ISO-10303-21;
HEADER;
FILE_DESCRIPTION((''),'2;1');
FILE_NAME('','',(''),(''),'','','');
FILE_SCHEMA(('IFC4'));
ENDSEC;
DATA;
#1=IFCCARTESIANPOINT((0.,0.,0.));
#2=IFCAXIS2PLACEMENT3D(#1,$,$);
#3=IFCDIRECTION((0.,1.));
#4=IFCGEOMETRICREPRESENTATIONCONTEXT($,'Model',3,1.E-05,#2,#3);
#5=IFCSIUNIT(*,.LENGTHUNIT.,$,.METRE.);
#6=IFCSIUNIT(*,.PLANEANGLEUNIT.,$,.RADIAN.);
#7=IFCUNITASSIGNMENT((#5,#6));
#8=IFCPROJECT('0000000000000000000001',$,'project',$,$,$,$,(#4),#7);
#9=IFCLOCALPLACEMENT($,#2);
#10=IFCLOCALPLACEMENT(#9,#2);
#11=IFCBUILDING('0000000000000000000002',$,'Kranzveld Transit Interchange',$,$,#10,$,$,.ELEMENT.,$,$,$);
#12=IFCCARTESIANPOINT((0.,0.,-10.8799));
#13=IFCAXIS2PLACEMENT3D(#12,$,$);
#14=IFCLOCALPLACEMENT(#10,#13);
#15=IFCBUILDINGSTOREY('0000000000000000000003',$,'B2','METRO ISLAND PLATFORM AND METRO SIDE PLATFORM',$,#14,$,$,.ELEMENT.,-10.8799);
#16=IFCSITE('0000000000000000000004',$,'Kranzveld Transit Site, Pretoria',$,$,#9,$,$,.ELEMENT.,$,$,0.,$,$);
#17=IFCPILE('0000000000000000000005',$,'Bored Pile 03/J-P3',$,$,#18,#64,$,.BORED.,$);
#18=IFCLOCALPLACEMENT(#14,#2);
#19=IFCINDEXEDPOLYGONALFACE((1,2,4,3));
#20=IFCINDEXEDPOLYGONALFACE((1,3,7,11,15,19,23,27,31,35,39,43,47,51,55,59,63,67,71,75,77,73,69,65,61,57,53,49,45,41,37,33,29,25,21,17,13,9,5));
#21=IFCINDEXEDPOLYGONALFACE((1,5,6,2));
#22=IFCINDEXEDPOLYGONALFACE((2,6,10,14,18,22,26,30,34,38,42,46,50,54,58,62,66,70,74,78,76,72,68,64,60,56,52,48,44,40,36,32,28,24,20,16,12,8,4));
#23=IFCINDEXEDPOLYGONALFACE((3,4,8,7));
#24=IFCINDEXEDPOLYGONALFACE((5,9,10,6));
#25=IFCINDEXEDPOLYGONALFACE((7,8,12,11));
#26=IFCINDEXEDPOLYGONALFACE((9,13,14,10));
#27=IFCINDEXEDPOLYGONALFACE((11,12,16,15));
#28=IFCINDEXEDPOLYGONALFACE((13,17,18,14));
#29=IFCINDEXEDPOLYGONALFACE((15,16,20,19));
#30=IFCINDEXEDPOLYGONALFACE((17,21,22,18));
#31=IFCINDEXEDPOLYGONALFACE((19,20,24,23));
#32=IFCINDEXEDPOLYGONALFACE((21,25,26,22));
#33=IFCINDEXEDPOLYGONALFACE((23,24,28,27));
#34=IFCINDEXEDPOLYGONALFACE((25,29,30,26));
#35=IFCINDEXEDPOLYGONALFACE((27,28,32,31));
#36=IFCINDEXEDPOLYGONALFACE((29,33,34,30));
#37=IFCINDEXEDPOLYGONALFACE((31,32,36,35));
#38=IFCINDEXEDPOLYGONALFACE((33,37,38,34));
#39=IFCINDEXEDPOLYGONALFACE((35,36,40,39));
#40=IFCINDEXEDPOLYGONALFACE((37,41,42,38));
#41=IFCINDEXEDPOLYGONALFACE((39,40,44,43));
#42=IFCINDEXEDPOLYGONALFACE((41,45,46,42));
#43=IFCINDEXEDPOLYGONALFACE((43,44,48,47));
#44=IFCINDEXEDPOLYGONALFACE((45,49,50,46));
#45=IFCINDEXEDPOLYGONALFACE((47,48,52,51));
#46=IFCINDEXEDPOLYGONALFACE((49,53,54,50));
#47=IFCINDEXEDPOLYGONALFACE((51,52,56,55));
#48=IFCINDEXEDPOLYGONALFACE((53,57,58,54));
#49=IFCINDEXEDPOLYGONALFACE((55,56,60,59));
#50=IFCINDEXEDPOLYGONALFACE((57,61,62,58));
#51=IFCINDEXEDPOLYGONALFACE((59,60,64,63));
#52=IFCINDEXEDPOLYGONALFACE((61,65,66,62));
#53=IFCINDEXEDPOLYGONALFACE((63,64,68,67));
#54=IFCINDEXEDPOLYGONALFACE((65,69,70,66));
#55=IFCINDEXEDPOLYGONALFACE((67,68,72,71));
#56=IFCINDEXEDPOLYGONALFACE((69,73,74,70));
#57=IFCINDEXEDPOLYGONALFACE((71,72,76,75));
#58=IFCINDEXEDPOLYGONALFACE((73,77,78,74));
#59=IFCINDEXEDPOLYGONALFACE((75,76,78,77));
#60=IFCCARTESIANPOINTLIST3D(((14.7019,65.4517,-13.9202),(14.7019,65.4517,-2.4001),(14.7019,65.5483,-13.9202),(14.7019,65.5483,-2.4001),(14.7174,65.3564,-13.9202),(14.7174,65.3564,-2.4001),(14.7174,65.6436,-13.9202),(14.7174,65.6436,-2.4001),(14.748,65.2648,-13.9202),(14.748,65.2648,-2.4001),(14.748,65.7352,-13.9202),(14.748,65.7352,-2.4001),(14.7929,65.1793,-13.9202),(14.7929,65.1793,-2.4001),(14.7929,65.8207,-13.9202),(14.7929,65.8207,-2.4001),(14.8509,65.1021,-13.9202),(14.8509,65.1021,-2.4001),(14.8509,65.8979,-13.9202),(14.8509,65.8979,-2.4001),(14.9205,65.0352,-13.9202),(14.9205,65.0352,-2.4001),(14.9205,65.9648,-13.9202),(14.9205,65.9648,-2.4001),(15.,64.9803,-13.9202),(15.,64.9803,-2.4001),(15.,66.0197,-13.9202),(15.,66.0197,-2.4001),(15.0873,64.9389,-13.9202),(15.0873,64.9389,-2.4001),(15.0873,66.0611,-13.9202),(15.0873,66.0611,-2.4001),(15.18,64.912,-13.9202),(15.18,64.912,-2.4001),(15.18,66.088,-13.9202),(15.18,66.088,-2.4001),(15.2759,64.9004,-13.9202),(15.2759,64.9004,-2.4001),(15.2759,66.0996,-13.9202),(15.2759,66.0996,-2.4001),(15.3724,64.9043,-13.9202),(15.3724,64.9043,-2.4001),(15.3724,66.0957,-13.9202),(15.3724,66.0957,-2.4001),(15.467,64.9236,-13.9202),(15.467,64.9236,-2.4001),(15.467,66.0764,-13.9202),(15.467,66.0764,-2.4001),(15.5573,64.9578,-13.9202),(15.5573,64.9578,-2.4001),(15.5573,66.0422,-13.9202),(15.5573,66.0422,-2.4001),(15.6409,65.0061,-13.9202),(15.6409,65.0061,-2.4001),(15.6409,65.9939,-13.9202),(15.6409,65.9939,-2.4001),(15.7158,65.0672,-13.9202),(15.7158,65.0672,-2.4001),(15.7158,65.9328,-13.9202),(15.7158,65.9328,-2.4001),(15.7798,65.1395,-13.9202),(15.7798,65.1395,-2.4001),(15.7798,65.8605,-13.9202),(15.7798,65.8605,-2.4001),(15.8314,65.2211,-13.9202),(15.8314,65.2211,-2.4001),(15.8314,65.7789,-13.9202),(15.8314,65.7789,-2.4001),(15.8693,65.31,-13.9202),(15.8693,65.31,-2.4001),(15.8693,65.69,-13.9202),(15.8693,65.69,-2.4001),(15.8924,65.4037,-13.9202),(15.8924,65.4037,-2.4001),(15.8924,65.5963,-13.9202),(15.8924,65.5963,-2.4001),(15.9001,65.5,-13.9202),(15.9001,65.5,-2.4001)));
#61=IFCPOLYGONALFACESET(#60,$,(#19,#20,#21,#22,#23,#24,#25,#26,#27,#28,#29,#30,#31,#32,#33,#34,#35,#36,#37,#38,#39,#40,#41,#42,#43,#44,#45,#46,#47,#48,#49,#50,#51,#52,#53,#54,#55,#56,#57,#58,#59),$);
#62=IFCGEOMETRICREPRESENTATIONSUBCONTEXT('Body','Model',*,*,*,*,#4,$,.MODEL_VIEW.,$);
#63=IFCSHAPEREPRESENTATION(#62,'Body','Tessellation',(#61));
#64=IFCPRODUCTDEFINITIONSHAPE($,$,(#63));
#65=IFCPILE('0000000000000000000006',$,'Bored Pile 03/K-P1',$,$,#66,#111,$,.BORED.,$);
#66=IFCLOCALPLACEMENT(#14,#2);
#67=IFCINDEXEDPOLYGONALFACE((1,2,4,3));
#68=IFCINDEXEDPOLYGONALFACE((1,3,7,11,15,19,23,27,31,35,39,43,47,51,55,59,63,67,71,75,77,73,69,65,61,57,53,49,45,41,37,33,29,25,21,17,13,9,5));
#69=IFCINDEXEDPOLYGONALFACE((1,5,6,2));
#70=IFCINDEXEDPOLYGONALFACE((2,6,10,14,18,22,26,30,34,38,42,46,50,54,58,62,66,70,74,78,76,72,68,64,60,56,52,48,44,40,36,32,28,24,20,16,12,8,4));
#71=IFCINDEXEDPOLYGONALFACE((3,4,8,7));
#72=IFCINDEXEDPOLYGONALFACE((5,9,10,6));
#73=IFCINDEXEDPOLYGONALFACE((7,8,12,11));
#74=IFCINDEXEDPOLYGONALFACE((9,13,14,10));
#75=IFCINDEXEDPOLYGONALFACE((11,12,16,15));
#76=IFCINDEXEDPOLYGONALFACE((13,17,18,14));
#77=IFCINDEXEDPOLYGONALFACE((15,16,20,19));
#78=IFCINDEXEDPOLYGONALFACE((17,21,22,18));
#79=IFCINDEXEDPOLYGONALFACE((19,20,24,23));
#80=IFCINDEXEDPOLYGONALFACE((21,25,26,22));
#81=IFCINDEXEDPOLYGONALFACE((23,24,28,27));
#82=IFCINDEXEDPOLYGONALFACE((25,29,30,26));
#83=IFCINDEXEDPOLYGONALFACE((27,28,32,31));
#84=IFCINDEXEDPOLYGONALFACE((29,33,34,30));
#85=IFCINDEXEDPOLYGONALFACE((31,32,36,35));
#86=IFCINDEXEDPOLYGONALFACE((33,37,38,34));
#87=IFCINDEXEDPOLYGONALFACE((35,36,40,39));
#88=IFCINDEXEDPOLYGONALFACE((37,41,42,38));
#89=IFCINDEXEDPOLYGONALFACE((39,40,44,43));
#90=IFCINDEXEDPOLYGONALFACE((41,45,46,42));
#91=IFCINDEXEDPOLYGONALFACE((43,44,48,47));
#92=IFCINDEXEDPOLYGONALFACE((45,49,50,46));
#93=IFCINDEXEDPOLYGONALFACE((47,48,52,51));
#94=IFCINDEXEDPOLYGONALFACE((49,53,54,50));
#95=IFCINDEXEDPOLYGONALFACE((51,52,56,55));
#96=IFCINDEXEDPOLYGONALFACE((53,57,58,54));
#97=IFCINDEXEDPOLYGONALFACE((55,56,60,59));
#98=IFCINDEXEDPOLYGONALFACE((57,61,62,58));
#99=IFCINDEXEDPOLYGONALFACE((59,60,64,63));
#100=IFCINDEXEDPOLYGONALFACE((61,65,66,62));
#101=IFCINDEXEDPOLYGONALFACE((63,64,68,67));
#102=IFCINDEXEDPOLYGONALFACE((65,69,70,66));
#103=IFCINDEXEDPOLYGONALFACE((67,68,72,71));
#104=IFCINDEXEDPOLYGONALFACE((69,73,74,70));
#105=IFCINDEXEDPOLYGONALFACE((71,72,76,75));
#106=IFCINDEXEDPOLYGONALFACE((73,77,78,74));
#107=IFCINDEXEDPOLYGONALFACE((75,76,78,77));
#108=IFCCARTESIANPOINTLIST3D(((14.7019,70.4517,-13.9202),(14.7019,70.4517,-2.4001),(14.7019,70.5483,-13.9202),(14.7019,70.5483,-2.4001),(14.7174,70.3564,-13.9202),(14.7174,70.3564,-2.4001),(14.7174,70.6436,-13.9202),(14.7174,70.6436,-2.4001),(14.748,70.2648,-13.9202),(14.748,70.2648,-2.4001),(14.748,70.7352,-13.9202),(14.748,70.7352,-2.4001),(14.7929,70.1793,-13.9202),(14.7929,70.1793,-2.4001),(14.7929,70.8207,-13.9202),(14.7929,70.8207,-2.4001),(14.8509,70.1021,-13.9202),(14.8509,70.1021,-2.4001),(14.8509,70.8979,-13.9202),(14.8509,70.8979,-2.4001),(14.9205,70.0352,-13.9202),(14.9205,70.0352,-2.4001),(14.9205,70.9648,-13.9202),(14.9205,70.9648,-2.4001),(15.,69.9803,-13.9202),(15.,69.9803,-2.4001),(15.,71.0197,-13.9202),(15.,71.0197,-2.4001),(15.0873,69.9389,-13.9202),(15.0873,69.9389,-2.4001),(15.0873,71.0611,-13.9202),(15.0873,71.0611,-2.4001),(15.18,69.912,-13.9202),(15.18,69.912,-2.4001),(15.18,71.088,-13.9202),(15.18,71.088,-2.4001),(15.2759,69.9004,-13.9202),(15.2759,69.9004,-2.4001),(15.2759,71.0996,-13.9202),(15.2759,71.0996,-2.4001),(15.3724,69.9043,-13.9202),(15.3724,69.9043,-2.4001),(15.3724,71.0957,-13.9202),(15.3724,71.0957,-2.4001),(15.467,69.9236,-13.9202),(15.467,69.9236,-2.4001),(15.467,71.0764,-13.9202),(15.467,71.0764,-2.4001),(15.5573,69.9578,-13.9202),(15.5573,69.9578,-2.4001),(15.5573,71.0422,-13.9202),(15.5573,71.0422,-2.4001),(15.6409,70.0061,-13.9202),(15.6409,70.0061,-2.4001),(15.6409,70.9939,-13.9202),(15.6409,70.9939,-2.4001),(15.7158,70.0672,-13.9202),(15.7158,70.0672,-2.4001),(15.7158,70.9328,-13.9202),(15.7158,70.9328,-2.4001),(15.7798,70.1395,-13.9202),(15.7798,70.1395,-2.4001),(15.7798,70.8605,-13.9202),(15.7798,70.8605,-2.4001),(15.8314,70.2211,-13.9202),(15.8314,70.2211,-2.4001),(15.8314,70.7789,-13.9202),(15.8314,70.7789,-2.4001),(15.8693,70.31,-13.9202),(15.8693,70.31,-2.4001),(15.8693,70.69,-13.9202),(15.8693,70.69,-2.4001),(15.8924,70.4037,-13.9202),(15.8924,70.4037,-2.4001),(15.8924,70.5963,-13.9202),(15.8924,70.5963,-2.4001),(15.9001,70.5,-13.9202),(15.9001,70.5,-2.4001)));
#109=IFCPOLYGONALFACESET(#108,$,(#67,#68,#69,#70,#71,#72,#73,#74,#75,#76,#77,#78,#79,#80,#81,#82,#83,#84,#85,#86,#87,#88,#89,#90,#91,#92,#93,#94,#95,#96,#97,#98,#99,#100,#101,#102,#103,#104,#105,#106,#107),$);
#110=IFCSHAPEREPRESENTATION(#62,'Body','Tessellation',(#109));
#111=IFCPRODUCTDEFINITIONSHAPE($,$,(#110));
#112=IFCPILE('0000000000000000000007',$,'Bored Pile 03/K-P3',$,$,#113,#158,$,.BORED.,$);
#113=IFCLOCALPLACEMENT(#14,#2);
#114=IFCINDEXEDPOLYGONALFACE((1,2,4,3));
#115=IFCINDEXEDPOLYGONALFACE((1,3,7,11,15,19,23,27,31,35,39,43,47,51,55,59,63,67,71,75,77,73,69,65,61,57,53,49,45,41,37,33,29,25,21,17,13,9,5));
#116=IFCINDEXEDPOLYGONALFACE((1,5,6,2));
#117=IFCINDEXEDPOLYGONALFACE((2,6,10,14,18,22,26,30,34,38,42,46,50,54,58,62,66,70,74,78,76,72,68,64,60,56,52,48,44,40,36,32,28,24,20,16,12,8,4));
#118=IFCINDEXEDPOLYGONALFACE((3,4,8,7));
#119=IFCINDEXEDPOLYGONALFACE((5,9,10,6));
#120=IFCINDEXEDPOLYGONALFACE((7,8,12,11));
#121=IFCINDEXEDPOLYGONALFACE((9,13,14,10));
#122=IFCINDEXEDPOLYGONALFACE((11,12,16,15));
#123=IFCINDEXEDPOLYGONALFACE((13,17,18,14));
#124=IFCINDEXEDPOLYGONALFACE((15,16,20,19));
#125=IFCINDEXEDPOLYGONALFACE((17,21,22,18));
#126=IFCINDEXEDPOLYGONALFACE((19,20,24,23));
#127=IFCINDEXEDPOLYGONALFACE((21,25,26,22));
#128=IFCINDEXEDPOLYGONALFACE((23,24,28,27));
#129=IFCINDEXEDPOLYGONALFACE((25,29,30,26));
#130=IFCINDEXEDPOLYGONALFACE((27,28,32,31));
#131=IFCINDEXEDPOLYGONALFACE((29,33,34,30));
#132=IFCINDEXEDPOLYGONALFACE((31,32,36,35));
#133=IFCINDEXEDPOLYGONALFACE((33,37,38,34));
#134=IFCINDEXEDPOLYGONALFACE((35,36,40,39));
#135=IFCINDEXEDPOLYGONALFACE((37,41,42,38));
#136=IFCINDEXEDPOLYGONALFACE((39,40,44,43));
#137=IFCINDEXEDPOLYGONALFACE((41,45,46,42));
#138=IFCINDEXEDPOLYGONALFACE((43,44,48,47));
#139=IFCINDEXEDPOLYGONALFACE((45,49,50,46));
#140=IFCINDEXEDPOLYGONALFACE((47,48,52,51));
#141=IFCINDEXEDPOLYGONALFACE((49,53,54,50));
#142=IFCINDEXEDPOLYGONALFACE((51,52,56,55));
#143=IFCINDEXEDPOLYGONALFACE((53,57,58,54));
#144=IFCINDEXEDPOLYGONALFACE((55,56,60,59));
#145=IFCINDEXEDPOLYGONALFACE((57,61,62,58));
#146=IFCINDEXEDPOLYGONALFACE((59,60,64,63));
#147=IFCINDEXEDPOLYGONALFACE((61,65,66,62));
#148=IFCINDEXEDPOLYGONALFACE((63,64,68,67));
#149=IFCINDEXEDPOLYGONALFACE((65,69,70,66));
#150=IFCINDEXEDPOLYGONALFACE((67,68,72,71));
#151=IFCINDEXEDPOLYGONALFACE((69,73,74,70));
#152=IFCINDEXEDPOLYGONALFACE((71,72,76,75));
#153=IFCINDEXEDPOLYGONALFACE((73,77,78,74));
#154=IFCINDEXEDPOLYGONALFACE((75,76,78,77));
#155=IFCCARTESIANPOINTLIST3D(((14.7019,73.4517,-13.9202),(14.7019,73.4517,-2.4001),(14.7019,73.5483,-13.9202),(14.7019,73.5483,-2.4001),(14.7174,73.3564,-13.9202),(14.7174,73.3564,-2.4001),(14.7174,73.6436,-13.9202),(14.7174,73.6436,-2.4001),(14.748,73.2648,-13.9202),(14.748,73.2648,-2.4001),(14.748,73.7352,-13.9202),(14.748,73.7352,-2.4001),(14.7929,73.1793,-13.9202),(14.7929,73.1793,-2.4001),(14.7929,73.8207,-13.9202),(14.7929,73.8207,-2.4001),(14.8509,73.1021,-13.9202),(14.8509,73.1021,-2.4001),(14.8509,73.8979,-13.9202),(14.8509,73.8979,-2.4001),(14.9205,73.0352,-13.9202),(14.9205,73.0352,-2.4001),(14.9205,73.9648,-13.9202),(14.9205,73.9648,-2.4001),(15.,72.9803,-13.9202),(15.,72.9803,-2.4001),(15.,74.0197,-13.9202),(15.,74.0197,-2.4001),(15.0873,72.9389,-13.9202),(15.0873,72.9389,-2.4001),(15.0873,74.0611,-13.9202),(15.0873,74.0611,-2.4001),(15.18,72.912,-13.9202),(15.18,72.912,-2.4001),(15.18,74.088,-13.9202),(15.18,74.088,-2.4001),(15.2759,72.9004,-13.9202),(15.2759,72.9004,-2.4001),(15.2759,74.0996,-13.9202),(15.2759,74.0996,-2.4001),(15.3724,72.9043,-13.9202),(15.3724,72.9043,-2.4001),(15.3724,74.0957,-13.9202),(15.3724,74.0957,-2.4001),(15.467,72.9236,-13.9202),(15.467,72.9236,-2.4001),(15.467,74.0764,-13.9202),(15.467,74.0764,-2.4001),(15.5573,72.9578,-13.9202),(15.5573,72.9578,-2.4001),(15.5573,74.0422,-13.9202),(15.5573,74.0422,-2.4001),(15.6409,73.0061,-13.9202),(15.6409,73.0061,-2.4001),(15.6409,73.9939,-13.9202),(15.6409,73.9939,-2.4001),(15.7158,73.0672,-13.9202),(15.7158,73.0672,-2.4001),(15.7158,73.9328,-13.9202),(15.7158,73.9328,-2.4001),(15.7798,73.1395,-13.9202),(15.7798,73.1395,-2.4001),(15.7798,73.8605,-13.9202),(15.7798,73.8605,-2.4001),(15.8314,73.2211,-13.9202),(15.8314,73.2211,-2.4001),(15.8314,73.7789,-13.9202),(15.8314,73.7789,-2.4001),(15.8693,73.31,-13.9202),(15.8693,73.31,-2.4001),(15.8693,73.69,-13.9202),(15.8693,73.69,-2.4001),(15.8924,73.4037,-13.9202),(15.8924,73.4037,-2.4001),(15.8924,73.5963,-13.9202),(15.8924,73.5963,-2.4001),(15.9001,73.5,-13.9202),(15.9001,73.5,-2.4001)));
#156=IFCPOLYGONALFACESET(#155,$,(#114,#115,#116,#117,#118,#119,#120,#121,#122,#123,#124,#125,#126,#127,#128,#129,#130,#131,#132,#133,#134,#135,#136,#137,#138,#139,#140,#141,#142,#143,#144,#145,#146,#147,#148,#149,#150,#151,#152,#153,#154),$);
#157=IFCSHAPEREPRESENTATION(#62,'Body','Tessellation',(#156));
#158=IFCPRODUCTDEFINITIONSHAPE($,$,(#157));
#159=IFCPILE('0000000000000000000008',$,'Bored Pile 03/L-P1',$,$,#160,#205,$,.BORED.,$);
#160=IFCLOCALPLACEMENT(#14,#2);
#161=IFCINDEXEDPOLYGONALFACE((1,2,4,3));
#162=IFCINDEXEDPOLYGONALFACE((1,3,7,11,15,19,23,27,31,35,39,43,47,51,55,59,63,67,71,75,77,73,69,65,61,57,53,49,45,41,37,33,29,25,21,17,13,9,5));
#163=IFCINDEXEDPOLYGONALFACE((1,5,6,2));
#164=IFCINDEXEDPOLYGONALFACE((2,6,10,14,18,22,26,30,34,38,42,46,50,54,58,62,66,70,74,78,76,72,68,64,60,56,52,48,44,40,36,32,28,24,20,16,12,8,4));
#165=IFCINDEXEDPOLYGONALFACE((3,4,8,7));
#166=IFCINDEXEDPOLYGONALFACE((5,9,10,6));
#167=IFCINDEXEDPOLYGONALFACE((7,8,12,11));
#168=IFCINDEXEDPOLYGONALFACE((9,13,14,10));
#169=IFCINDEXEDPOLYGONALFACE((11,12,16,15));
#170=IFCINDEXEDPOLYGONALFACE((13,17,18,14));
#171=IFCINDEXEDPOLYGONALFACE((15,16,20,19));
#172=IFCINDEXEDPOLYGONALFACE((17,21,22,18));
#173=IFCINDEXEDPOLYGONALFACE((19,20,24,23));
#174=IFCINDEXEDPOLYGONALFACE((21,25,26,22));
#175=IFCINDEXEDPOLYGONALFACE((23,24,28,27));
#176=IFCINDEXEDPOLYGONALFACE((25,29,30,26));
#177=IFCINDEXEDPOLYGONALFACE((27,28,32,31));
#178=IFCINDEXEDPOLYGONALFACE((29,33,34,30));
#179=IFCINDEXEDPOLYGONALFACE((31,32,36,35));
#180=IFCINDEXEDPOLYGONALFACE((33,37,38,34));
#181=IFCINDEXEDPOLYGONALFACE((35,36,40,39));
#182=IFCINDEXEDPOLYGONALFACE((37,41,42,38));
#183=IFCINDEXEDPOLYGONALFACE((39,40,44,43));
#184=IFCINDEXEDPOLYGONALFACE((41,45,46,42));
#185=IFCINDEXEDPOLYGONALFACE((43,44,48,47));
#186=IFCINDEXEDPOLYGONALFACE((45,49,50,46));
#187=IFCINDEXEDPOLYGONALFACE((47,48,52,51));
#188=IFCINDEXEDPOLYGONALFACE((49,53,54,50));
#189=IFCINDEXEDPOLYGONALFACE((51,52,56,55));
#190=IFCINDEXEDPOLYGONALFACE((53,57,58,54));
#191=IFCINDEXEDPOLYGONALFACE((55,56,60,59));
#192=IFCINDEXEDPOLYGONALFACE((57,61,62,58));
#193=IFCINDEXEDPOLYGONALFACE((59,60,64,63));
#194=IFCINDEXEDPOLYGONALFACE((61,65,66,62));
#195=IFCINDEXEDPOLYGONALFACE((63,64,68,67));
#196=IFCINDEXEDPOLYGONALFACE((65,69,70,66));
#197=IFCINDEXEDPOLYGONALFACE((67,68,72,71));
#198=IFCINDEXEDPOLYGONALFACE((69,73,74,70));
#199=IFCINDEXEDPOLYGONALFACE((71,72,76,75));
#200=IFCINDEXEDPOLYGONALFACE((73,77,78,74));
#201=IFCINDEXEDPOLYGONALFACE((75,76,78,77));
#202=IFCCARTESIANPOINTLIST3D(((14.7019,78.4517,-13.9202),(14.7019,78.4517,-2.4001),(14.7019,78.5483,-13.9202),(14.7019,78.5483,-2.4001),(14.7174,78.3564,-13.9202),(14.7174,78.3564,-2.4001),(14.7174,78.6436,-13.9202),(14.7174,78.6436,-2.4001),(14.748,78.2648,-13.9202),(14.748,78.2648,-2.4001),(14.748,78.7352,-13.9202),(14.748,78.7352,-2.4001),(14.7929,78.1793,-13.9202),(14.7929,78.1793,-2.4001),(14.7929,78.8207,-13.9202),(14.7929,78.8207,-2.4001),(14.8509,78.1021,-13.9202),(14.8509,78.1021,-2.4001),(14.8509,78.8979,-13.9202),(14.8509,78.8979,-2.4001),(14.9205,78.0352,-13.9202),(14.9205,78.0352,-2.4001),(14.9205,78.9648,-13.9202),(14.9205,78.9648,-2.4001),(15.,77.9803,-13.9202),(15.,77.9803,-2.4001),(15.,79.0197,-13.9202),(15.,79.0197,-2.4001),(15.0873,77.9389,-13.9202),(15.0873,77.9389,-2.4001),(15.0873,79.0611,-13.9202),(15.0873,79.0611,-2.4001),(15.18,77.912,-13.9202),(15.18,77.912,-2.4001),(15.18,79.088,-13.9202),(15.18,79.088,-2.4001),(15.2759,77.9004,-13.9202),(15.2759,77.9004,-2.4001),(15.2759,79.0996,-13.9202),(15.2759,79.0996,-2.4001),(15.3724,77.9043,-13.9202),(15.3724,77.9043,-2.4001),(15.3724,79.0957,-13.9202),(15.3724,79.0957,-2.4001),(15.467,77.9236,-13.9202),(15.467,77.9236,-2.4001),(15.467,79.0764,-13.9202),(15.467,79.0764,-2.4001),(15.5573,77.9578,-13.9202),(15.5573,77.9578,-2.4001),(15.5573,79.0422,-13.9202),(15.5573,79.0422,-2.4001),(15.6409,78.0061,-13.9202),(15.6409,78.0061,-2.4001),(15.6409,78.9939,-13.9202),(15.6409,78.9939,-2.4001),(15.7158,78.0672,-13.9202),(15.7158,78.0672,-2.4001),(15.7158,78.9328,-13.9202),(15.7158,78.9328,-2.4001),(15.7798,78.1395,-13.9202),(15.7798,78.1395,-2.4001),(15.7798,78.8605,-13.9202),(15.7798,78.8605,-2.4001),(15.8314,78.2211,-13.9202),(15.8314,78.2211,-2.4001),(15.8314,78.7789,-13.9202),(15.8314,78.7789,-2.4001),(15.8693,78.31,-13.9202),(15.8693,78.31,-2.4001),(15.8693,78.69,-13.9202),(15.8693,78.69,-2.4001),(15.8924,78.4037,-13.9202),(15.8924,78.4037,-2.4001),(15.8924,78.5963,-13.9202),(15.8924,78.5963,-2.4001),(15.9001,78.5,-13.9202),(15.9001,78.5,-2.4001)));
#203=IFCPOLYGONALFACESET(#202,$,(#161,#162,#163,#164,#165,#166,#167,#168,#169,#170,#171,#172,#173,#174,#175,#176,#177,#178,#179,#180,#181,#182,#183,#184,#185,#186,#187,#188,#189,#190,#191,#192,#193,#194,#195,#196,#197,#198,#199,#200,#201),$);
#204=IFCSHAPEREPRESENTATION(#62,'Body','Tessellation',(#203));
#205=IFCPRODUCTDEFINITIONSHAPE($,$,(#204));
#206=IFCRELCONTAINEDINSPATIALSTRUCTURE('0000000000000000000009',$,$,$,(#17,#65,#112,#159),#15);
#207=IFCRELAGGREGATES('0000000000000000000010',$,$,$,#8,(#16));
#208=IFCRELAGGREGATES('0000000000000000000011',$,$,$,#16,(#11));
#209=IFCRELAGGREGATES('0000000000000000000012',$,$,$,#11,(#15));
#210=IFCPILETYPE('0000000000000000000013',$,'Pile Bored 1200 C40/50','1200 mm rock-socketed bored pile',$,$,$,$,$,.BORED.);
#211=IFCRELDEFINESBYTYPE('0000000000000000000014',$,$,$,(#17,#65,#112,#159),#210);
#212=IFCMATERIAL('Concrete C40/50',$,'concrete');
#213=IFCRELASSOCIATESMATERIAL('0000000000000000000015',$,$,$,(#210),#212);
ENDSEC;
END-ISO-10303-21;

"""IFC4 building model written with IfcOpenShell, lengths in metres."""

from ifc_helpers import new_model, si_unit, direction, frame, origin, origin_2d, place, context, subcontext, project, spatial, circle, extrude, material, material_profile, profile_set, type_object, element, save


model = new_model("IFC4")

# Units and contexts
model_context = context("Model", 3, precision=1e-05, world=origin(), true_north=direction((0.0, 1.0)))
body_context = subcontext(model_context, "Body", "Model", "MODEL_VIEW")
ifc_project = project(units=[si_unit("LENGTHUNIT", "METRE"), si_unit("PLANEANGLEUNIT", "RADIAN")], contexts=[model_context])

# Site, building, storey
site_placement = place(None, origin())
site = spatial("IfcSite", under=ifc_project, at=site_placement, Name="Kranzveld Transit Site, Pretoria", CompositionType="ELEMENT", RefElevation=0.0)
building_placement = place(site_placement, origin())
building = spatial("IfcBuilding", under=site, at=building_placement, Name="Kranzveld Transit Interchange", CompositionType="ELEMENT")
storey_placement = place(building_placement, frame((0.0, 0.0, -10.8799)))
storey = spatial("IfcBuildingStorey", under=building, at=storey_placement, Name="B2", Description="METRO ISLAND PLATFORM AND METRO SIDE PLATFORM", CompositionType="ELEMENT", Elevation=-10.8799)

# Piles
ifc_material_1 = material(Name="Concrete C40/50", Category="concrete")
ifc_material_profile_1 = material_profile(ifc_material_1, circle(Radius=0.6001, at=origin_2d()), Name="BORED PILE 1200")
ifc_profile_set_1 = profile_set([ifc_material_profile_1], Name="Concrete C40/50")
pile_type = type_object("IfcPileType", Name="Pile Bored 1200 C40/50", Description="1200 mm rock-socketed bored pile", PredefinedType="BORED", material=ifc_profile_set_1)
for number, where, z_axis, x_axis, name in (
    (1, (15.3, 65.5, -2.4001), (0.0, 0.0, -1.0), (1.0, 0.0, 0.0), "Bored Pile 03/J-P3"),
    (2, (15.3, 70.5, -2.4001), (0.0, 0.0, -1.0), (1.0, 0.0, 0.0), "Bored Pile 03/K-P1"),
    (3, (15.3, 73.5, -2.4001), (0.0, 0.0, -1.0), (1.0, 0.0, 0.0), "Bored Pile 03/K-P3"),
    (4, (15.3, 78.5, -2.4001), (0.0, 0.0, -1.0), (1.0, 0.0, 0.0), "Bored Pile 03/L-P1"),
):
    element("IfcPile", number, at=place(storey_placement, frame(where, z_axis=z_axis, x_axis=x_axis)), inside=storey, type_object=pile_type, Name=name, PredefinedType="BORED", context=body_context, shape_type="SweptSolid", body=[
        extrude(circle(Radius=0.6001, at=origin_2d()), origin(), (0.0, 0.0, 1.0), 11.52),
    ])

save(model, "model.ifc")
